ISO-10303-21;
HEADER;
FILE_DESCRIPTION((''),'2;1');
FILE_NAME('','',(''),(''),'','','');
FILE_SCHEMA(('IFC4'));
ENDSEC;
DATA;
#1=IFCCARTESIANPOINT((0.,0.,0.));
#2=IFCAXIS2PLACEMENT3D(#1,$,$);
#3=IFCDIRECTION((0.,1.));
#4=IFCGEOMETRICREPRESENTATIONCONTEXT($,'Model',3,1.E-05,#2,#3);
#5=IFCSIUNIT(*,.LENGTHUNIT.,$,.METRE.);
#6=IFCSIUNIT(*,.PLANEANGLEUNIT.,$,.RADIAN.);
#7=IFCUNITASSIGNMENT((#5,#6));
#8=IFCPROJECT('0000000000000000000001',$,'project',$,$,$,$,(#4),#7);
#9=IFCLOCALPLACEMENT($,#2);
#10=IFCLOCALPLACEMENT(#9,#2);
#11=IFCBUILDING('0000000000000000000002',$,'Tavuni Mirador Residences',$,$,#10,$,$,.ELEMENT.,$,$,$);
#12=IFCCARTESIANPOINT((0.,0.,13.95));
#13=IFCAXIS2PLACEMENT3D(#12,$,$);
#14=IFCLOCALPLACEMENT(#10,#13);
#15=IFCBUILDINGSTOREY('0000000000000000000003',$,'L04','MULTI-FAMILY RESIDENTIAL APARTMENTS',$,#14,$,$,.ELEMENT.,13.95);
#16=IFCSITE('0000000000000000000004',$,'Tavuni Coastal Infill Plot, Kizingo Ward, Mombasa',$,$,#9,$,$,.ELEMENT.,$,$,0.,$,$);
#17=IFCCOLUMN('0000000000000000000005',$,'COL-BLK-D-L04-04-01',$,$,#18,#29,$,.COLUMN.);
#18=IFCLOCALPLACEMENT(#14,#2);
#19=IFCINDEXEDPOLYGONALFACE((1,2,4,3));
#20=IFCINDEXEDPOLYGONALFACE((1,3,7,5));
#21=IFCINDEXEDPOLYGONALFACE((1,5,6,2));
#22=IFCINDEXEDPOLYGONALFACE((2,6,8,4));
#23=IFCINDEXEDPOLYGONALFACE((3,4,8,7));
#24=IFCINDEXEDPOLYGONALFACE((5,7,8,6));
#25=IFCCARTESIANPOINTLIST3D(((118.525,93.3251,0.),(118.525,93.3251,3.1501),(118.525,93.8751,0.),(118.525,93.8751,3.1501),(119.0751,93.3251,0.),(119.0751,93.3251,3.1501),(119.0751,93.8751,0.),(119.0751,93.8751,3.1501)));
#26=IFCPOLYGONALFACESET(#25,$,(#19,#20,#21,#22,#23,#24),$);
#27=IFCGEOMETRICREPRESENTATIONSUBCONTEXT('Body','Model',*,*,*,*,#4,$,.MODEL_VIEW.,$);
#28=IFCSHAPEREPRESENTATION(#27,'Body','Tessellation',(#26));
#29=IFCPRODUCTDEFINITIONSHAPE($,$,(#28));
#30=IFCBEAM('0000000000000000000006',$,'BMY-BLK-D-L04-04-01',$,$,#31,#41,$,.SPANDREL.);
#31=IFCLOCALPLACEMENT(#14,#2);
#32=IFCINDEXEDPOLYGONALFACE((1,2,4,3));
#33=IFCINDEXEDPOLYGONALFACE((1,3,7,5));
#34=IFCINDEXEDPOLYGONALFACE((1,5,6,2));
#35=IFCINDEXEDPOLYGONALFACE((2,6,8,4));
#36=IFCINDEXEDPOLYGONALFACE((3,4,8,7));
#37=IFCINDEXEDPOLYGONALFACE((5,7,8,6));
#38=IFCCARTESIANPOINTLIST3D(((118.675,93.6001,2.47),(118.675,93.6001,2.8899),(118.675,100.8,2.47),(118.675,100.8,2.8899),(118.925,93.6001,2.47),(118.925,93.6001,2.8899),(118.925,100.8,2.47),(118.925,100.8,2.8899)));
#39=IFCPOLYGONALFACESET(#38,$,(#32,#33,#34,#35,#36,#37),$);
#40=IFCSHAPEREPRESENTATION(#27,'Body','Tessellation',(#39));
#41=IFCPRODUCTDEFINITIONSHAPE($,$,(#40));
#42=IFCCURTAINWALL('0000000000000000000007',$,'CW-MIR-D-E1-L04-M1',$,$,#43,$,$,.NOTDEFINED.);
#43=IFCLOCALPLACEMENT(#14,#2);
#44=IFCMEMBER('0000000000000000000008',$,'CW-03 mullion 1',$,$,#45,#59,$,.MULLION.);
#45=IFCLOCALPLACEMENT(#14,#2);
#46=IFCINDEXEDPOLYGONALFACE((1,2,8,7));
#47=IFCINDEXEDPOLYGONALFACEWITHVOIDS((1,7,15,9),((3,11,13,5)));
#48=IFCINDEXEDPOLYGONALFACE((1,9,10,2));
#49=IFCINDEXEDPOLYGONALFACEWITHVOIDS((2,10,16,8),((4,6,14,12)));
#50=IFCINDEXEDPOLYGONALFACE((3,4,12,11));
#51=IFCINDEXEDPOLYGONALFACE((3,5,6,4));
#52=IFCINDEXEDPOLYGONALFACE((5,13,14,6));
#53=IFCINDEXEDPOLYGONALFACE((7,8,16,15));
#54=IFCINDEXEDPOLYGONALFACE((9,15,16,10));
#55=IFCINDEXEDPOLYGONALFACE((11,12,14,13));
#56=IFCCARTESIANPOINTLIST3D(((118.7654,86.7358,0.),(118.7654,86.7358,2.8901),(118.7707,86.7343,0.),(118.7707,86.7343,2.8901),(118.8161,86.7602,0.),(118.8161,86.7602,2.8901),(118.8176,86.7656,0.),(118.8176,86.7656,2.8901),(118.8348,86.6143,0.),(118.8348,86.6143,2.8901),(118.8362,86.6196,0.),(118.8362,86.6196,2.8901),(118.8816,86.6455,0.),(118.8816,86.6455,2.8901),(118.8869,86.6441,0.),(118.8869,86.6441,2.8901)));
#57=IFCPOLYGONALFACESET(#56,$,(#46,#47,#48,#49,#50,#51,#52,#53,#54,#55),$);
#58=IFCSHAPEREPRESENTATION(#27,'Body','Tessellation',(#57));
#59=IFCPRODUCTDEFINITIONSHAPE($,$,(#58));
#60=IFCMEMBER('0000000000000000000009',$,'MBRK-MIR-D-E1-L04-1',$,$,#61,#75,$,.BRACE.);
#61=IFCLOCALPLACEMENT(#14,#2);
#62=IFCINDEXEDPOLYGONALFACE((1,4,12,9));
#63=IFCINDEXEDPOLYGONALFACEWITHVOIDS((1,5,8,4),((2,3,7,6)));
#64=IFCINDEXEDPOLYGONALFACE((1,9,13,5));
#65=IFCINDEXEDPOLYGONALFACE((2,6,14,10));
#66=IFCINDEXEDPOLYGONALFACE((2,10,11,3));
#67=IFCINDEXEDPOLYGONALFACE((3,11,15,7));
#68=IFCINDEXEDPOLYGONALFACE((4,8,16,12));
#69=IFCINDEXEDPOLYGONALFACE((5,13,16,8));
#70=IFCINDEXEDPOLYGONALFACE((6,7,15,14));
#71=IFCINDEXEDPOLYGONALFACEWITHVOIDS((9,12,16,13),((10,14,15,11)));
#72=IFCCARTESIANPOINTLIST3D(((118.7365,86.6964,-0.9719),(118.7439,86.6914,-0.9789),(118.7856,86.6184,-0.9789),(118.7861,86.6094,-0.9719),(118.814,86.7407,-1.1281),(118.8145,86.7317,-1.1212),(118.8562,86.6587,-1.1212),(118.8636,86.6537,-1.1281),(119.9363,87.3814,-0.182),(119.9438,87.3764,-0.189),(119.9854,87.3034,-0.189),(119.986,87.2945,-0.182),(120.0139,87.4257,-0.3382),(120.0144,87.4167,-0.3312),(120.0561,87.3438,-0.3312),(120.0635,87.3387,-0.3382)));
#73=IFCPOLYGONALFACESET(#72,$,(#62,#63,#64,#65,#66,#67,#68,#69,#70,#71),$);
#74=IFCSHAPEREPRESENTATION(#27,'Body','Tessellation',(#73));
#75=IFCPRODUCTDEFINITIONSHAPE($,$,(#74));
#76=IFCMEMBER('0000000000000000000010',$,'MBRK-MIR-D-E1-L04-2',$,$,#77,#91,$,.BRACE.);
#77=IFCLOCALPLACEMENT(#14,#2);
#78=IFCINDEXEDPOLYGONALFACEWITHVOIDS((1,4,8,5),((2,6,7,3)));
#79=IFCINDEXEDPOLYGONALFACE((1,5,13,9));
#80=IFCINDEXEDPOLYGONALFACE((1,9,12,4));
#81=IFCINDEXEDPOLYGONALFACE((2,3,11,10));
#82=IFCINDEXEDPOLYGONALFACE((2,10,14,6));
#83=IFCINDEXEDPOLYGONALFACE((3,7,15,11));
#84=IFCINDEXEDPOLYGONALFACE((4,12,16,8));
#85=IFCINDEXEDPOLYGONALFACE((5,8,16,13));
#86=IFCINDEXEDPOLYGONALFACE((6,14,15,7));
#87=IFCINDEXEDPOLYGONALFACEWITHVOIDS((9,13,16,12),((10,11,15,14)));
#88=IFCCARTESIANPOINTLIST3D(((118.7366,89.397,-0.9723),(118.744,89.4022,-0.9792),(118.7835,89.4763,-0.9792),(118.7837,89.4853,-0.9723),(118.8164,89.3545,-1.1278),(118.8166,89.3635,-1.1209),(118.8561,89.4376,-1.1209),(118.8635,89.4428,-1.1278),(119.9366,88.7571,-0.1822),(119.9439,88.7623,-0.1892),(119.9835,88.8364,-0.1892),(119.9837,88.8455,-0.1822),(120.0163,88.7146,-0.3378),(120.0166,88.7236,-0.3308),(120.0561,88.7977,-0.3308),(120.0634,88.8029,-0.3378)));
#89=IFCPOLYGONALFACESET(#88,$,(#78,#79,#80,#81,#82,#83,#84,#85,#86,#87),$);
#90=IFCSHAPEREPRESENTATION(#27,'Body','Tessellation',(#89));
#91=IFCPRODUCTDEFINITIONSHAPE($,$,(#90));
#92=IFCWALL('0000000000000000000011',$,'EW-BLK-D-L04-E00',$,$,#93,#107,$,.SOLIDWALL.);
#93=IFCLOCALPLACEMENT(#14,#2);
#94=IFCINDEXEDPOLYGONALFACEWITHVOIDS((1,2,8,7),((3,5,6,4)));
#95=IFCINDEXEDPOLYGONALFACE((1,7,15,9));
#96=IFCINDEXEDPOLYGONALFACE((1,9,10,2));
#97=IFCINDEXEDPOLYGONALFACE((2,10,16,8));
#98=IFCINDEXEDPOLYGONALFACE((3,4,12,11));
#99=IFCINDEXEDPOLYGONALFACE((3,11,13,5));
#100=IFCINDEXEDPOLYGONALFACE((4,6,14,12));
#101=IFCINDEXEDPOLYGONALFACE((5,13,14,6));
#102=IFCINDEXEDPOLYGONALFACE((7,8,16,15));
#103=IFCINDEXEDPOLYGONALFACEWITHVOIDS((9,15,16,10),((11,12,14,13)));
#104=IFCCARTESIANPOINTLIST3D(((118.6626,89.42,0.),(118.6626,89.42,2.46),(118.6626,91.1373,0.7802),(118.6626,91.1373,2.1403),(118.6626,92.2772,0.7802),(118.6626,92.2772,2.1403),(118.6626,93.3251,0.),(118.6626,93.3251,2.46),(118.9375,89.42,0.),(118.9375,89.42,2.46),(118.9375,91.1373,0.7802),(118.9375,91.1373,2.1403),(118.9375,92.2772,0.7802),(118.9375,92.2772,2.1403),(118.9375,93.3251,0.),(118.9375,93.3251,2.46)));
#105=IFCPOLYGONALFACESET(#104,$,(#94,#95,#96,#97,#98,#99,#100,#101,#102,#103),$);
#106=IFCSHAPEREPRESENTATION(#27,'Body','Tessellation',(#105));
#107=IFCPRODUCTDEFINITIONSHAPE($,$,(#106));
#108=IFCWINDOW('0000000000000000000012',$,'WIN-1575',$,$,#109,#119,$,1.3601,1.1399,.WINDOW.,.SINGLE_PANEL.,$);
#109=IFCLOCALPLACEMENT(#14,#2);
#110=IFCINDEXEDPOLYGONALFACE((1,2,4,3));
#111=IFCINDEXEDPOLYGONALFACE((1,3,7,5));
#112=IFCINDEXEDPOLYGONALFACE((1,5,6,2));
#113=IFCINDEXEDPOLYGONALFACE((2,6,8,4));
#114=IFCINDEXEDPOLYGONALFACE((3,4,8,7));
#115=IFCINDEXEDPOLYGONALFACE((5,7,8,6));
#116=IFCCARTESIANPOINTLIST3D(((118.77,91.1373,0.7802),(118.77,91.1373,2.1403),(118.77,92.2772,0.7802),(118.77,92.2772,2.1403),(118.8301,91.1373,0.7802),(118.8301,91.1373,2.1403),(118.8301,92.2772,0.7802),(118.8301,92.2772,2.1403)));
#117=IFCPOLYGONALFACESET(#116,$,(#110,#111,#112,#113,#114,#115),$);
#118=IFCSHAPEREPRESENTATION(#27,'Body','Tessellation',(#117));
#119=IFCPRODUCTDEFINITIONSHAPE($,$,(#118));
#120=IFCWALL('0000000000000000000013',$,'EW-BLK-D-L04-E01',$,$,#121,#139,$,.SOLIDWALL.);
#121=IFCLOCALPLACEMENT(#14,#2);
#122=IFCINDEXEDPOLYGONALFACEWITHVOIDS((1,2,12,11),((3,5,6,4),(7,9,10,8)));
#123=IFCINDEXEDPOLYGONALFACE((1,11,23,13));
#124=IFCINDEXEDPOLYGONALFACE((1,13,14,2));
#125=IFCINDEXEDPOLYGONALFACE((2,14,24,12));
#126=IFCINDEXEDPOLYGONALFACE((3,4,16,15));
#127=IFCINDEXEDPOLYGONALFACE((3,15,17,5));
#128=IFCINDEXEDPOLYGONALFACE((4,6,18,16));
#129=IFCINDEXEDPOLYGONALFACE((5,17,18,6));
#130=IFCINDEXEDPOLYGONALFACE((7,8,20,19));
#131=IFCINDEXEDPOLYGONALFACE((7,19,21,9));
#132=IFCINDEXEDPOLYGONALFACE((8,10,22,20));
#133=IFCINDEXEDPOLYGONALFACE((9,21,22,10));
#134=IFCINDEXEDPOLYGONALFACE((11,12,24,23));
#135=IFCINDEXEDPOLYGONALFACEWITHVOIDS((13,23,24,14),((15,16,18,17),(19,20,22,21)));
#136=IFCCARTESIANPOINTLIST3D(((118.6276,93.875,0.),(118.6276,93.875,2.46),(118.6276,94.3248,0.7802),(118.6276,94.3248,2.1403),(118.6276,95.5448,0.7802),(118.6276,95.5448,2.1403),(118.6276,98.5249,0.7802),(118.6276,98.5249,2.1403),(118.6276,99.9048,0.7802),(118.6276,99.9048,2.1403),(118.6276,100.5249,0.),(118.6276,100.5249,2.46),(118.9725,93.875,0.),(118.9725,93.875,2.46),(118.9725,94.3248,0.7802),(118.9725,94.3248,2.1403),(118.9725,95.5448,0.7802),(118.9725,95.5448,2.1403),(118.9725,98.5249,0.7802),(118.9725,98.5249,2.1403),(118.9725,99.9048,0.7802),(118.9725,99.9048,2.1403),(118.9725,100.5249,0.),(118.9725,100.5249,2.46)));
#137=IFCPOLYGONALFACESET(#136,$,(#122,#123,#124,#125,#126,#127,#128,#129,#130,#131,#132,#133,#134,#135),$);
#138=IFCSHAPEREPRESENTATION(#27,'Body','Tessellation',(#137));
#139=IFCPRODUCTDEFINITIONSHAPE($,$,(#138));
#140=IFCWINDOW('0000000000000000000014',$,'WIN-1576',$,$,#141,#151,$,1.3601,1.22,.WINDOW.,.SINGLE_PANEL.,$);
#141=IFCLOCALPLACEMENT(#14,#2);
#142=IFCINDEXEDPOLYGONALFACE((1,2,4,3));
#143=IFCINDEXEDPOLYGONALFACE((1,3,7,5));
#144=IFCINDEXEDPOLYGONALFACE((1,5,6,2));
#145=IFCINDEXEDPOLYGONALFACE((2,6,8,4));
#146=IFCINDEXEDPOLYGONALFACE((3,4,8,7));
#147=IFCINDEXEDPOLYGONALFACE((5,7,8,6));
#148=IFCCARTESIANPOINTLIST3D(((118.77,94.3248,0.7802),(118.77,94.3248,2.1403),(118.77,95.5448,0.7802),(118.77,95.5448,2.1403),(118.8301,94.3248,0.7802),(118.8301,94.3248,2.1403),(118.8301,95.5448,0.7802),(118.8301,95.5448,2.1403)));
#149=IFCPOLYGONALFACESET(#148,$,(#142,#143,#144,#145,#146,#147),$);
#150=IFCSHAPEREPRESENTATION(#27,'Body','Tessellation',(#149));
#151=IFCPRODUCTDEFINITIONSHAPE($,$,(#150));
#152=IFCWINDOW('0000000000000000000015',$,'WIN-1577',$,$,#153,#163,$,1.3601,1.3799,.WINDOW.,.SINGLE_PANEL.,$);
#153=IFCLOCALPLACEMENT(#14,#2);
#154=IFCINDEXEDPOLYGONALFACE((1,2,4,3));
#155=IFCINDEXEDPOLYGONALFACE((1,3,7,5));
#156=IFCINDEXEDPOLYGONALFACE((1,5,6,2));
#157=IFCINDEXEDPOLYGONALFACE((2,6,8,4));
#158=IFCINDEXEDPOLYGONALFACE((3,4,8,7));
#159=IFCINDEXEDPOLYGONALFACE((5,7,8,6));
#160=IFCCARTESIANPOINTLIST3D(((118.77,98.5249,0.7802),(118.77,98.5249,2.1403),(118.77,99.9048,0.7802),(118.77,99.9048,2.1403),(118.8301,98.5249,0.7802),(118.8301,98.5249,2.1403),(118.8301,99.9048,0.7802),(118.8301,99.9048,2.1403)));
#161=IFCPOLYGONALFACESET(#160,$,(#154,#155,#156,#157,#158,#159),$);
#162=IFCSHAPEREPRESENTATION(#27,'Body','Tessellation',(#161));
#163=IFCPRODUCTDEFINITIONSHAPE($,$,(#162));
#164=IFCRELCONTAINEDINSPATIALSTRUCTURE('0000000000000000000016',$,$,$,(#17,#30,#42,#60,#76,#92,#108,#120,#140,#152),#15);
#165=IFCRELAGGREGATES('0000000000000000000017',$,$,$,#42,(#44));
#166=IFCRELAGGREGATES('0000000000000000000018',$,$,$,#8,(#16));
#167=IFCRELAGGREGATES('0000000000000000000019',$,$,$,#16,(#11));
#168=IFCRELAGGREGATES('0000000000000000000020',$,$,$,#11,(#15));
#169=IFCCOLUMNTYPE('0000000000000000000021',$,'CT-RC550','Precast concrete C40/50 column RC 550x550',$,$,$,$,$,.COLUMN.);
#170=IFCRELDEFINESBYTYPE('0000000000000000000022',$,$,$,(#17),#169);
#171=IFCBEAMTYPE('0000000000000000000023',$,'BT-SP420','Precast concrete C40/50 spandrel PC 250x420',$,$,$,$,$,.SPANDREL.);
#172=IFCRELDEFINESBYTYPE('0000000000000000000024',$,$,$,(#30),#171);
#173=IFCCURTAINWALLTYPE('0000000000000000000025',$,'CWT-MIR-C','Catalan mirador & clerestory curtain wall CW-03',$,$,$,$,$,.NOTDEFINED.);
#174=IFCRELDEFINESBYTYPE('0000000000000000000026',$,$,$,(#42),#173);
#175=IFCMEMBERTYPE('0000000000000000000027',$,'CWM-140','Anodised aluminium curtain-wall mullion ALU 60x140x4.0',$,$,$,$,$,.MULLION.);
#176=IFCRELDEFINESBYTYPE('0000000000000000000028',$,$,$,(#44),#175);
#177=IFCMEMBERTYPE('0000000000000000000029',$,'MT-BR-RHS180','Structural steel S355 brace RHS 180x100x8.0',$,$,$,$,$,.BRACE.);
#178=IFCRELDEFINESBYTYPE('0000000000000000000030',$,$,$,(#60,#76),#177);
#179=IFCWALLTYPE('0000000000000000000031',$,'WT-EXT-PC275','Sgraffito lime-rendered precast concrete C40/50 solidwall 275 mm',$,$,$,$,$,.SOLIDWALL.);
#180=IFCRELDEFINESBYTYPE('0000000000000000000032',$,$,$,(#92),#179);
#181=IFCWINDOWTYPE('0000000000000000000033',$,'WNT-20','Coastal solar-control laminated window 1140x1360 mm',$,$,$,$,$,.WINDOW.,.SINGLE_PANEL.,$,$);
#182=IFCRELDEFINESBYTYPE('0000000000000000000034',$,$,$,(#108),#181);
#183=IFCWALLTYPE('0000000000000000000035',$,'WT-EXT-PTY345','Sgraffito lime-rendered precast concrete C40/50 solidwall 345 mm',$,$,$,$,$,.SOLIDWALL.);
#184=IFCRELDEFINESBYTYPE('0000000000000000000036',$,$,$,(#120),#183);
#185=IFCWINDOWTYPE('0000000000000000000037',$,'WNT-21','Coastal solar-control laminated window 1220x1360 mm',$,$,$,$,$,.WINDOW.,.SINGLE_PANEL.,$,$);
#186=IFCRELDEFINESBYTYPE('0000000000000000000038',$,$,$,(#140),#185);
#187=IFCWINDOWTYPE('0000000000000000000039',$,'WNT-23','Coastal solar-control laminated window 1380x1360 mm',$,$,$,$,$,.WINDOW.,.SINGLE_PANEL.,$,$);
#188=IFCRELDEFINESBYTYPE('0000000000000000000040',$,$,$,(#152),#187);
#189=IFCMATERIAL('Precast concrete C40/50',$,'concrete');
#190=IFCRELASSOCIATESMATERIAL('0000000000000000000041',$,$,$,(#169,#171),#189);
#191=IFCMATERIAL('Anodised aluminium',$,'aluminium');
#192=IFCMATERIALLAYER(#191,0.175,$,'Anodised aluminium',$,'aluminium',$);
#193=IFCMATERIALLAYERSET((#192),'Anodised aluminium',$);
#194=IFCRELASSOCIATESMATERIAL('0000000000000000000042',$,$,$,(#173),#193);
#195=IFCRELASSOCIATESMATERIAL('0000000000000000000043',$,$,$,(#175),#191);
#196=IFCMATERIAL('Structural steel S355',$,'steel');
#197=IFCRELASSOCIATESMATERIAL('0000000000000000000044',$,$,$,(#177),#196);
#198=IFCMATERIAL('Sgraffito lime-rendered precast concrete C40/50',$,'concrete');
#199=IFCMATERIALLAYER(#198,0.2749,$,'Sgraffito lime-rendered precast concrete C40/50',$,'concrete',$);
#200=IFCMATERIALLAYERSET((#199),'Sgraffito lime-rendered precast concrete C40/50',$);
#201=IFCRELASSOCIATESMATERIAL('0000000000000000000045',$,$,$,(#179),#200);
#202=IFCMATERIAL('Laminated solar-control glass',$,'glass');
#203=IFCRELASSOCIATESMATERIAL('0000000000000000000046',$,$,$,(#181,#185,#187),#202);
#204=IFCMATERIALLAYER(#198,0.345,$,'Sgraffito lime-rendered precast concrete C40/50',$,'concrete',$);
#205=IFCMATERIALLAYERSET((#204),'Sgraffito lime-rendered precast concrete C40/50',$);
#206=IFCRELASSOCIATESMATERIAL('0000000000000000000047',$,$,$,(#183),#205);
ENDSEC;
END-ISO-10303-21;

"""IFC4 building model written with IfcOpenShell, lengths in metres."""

from ifc_helpers import new_model, si_unit, direction, frame, frame_2d, origin, origin_2d, place, context, subcontext, project, spatial, rectangle, hollow_rectangle, extrude, material, layer, layer_set, material_profile, profile_set, type_object, element, fill, aggregate, save


model = new_model("IFC4")

# Units and contexts
model_context = context("Model", 3, precision=1e-05, world=origin(), true_north=direction((0.0, 1.0)))
body_context = subcontext(model_context, "Body", "Model", "MODEL_VIEW")
ifc_project = project(units=[si_unit("LENGTHUNIT", "METRE"), si_unit("PLANEANGLEUNIT", "RADIAN")], contexts=[model_context])

# Site, building, storey
site_placement = place(None, origin())
site = spatial("IfcSite", under=ifc_project, at=site_placement, Name="Tavuni Coastal Infill Plot, Kizingo Ward, Mombasa", CompositionType="ELEMENT", RefElevation=0.0)
building_placement = place(site_placement, origin())
building = spatial("IfcBuilding", under=site, at=building_placement, Name="Tavuni Mirador Residences", CompositionType="ELEMENT")
storey_placement = place(building_placement, frame((0.0, 0.0, 13.95)))
storey = spatial("IfcBuildingStorey", under=building, at=storey_placement, Name="L04", Description="MULTI-FAMILY RESIDENTIAL APARTMENTS", CompositionType="ELEMENT", Elevation=13.95)

# Column
ifc_material_1 = material(Name="Precast concrete C40/50", Category="concrete")
ifc_material_profile_1 = material_profile(ifc_material_1, rectangle(XDim=0.55, YDim=0.55, at=origin_2d()), Name="RC 550x550", Category="concrete")
ifc_profile_set_1 = profile_set([ifc_material_profile_1], Name="Precast concrete C40/50")
column_type = type_object("IfcColumnType", Name="CT-RC550", Description="Precast concrete C40/50 column RC 550x550", PredefinedType="COLUMN", material=ifc_profile_set_1)
column_placement = place(storey_placement, frame((118.8, 93.6001, 0.0), z_axis=(0.0, 0.0, 1.0), x_axis=(1.0, 0.0, 0.0)))
element("IfcColumn", 1, at=column_placement, inside=storey, type_object=column_type, Name="COL-BLK-D-L04-04-01", PredefinedType="COLUMN", context=body_context, shape_type="SweptSolid", body=[
    extrude(rectangle(XDim=0.55, YDim=0.55, at=origin_2d()), origin(), (0.0, 0.0, 1.0), 3.1501),
])

# Beam
ifc_material_profile_2 = material_profile(ifc_material_1, rectangle(XDim=0.25, YDim=0.4199, at=origin_2d()), Name="PC 250x420", Category="concrete")
ifc_profile_set_2 = profile_set([ifc_material_profile_2], Name="Precast concrete C40/50")
beam_type = type_object("IfcBeamType", Name="BT-SP420", Description="Precast concrete C40/50 spandrel PC 250x420", PredefinedType="SPANDREL", material=ifc_profile_set_2)
beam_placement = place(storey_placement, frame((118.8, 93.6001, 2.6799), z_axis=(0.0, 1.0, 0.0), x_axis=(-1.0, 0.0, 0.0)))
element("IfcBeam", 2, at=beam_placement, inside=storey, type_object=beam_type, Name="BMY-BLK-D-L04-04-01", PredefinedType="SPANDREL", context=body_context, shape_type="SweptSolid", body=[
    extrude(rectangle(XDim=0.25, YDim=0.4199, at=origin_2d()), origin(), (0.0, 0.0, 1.0), 7.2),
])

# Curtain wall, member
ifc_material_2 = material(Name="Anodised aluminium", Category="aluminium")
ifc_layer_1 = layer(ifc_material_2, 0.175, Name="Anodised aluminium", Category="aluminium")
ifc_layer_set_1 = layer_set([ifc_layer_1], Name="Anodised aluminium")
curtain_wall_type = type_object("IfcCurtainWallType", Name="CWT-MIR-C", Description="Catalan mirador & clerestory curtain wall CW-03", PredefinedType="NOTDEFINED", material=ifc_layer_set_1)
curtain_wall_placement = place(storey_placement, origin())
curtain_wall = element("IfcCurtainWall", 3, at=curtain_wall_placement, inside=storey, type_object=curtain_wall_type, Name="CW-MIR-D-E1-L04-M1", PredefinedType="NOTDEFINED")
ifc_material_profile_3 = material_profile(ifc_material_2, hollow_rectangle(XDim=0.0601, YDim=0.1399, WallThickness=0.0039, at=origin_2d()), Name="ALU 60x140x4.0", Category="aluminium")
ifc_profile_set_3 = profile_set([ifc_material_profile_3], Name="Anodised aluminium")
member_type_1 = type_object("IfcMemberType", Name="CWM-140", Description="Anodised aluminium curtain-wall mullion ALU 60x140x4.0", PredefinedType="MULLION", material=ifc_profile_set_3)
member_1_placement = place(storey_placement, frame((118.8262, 86.6899, 0.0), z_axis=(0.0, 0.0, 1.0), x_axis=(0.868466, 0.495749, 0.0)))
member_1 = element("IfcMember", 4, at=member_1_placement, type_object=member_type_1, Name="CW-03 mullion 1", PredefinedType="MULLION", context=body_context, shape_type="SweptSolid", body=[
    extrude(hollow_rectangle(XDim=0.0601, YDim=0.1399, WallThickness=0.0039, at=origin_2d()), origin(), (0.0, 0.0, 1.0), 2.8901),
])
aggregate(curtain_wall, [member_1])

# Members
ifc_material_3 = material(Name="Structural steel S355", Category="steel")
ifc_material_profile_4 = material_profile(ifc_material_3, hollow_rectangle(XDim=0.1001, YDim=0.1799, WallThickness=0.0081, at=origin_2d()), Name="RHS 180x100x8.0", Category="steel")
ifc_profile_set_4 = profile_set([ifc_material_profile_4], Name="Structural steel S355")
member_type_2 = type_object("IfcMemberType", Name="MT-BR-RHS180", Description="Structural steel S355 brace RHS 180x100x8.0", PredefinedType="BRACE", material=ifc_profile_set_4)
member_2_placement = place(storey_placement, frame((118.8, 86.675, -1.05), z_axis=(0.753904, 0.430408, 0.496365), x_axis=(-0.495796, 0.868439, 0.0)))
element("IfcMember", 5, at=member_2_placement, inside=storey, type_object=member_type_2, Name="MBRK-MIR-D-E1-L04-1", PredefinedType="BRACE", context=body_context, shape_type="SweptSolid", body=[
    extrude(hollow_rectangle(XDim=0.1001, YDim=0.1799, WallThickness=0.0081, at=origin_2d()), origin(), (0.0, 0.0, 1.0), 1.5916),
])
member_3_placement = place(storey_placement, frame((118.8, 89.4199, -1.05), z_axis=(0.762969, -0.406865, 0.502333), x_axis=(0.470542, 0.882378, 0.0)))
element("IfcMember", 6, at=member_3_placement, inside=storey, type_object=member_type_2, Name="MBRK-MIR-D-E1-L04-2", PredefinedType="BRACE", context=body_context, shape_type="SweptSolid", body=[
    extrude(hollow_rectangle(XDim=0.1001, YDim=0.1799, WallThickness=0.0081, at=origin_2d()), origin(), (0.0, 0.0, 1.0), 1.5728),
])

# Wall, opening, window
ifc_material_4 = material(Name="Sgraffito lime-rendered precast concrete C40/50", Category="concrete")
ifc_layer_2 = layer(ifc_material_4, 0.2749, Name="Sgraffito lime-rendered precast concrete C40/50", Category="concrete")
ifc_layer_set_2 = layer_set([ifc_layer_2], Name="Sgraffito lime-rendered precast concrete C40/50")
wall_type_1 = type_object("IfcWallType", Name="WT-EXT-PC275", Description="Sgraffito lime-rendered precast concrete C40/50 solidwall 275 mm", PredefinedType="SOLIDWALL", material=ifc_layer_set_2)
wall_1_placement = place(storey_placement, frame((118.8, 89.4199, 0.0), z_axis=(0.0, 0.0, 1.0), x_axis=(0.0, 1.0, 0.0)))
wall_1 = element("IfcWall", 7, at=wall_1_placement, inside=storey, type_object=wall_type_1, Name="EW-BLK-D-L04-E00", PredefinedType="SOLIDWALL", context=body_context, shape_type="SweptSolid", body=[
    extrude(rectangle(XDim=3.905, YDim=0.2749, at=frame_2d((1.9526, 0.0))), origin(), (0.0, 0.0, 1.0), 2.46),
])
opening_1_placement = place(wall_1_placement, frame((1.7175, 0.0, 0.78)))
opening_1 = element("IfcOpeningElement", 8, at=opening_1_placement, cuts=wall_1, PredefinedType="OPENING", context=body_context, shape_type="SweptSolid", body=[
    extrude(rectangle(XDim=1.1399, YDim=1.3601, at=frame_2d((0.5698, 0.6802))), frame((0.0, 0.1475, 0.0), z_axis=(0.0, -1.0, 0.0), x_axis=(1.0, 0.0, 0.0)), (0.0, 0.0, 1.0), 0.2949),
])
ifc_material_5 = material(Name="Laminated solar-control glass", Category="glass")
window_type_1 = type_object("IfcWindowType", Name="WNT-20", Description="Coastal solar-control laminated window 1140x1360 mm", PartitioningType="SINGLE_PANEL", PredefinedType="WINDOW", material=ifc_material_5)
window_1_placement = place(opening_1_placement, origin())
window_1 = element("IfcWindow", 9, at=window_1_placement, inside=storey, type_object=window_type_1, Name="WIN-1575", OverallHeight=1.3601, OverallWidth=1.1399, PartitioningType="SINGLE_PANEL", PredefinedType="WINDOW", context=body_context, shape_type="SweptSolid", body=[
    extrude(rectangle(XDim=1.1399, YDim=1.3601, at=frame_2d((0.5698, 0.6802))), frame((0.0, 0.03, 0.0), z_axis=(0.0, -1.0, 0.0), x_axis=(1.0, 0.0, 0.0)), (0.0, 0.0, 1.0), 0.0601),
])
fill(opening_1, window_1)

# Wall, openings, windows
ifc_layer_3 = layer(ifc_material_4, 0.345, Name="Sgraffito lime-rendered precast concrete C40/50", Category="concrete")
ifc_layer_set_3 = layer_set([ifc_layer_3], Name="Sgraffito lime-rendered precast concrete C40/50")
wall_type_2 = type_object("IfcWallType", Name="WT-EXT-PTY345", Description="Sgraffito lime-rendered precast concrete C40/50 solidwall 345 mm", PredefinedType="SOLIDWALL", material=ifc_layer_set_3)
wall_2_placement = place(storey_placement, frame((118.8, 93.875, 0.0), z_axis=(0.0, 0.0, 1.0), x_axis=(0.0, 1.0, 0.0)))
wall_2 = element("IfcWall", 10, at=wall_2_placement, inside=storey, type_object=wall_type_2, Name="EW-BLK-D-L04-E01", PredefinedType="SOLIDWALL", context=body_context, shape_type="SweptSolid", body=[
    extrude(rectangle(XDim=6.6499, YDim=0.345, at=frame_2d((3.325, 0.0))), origin(), (0.0, 0.0, 1.0), 2.46),
])
opening_2_placement = place(wall_2_placement, frame((0.45, 0.0, 0.78)))
opening_2 = element("IfcOpeningElement", 11, at=opening_2_placement, cuts=wall_2, PredefinedType="OPENING", context=body_context, shape_type="SweptSolid", body=[
    extrude(rectangle(XDim=1.22, YDim=1.3601, at=frame_2d((0.6099, 0.6802))), frame((0.0, 0.1826, 0.0), z_axis=(0.0, -1.0, 0.0), x_axis=(1.0, 0.0, 0.0)), (0.0, 0.0, 1.0), 0.365),
])
opening_3_placement = place(wall_2_placement, frame((4.6499, 0.0, 0.78)))
opening_3 = element("IfcOpeningElement", 12, at=opening_3_placement, cuts=wall_2, PredefinedType="OPENING", context=body_context, shape_type="SweptSolid", body=[
    extrude(rectangle(XDim=1.3799, YDim=1.3601, at=frame_2d((0.6899, 0.6802))), frame((0.0, 0.1826, 0.0), z_axis=(0.0, -1.0, 0.0), x_axis=(1.0, 0.0, 0.0)), (0.0, 0.0, 1.0), 0.365),
])
window_type_2 = type_object("IfcWindowType", Name="WNT-21", Description="Coastal solar-control laminated window 1220x1360 mm", PartitioningType="SINGLE_PANEL", PredefinedType="WINDOW", material=ifc_material_5)
window_2_placement = place(opening_2_placement, origin())
window_2 = element("IfcWindow", 13, at=window_2_placement, inside=storey, type_object=window_type_2, Name="WIN-1576", OverallHeight=1.3601, OverallWidth=1.22, PartitioningType="SINGLE_PANEL", PredefinedType="WINDOW", context=body_context, shape_type="SweptSolid", body=[
    extrude(rectangle(XDim=1.22, YDim=1.3601, at=frame_2d((0.6099, 0.6802))), frame((0.0, 0.03, 0.0), z_axis=(0.0, -1.0, 0.0), x_axis=(1.0, 0.0, 0.0)), (0.0, 0.0, 1.0), 0.0601),
])
fill(opening_2, window_2)
window_type_3 = type_object("IfcWindowType", Name="WNT-23", Description="Coastal solar-control laminated window 1380x1360 mm", PartitioningType="SINGLE_PANEL", PredefinedType="WINDOW", material=ifc_material_5)
window_3_placement = place(opening_3_placement, origin())
window_3 = element("IfcWindow", 14, at=window_3_placement, inside=storey, type_object=window_type_3, Name="WIN-1577", OverallHeight=1.3601, OverallWidth=1.3799, PartitioningType="SINGLE_PANEL", PredefinedType="WINDOW", context=body_context, shape_type="SweptSolid", body=[
    extrude(rectangle(XDim=1.3799, YDim=1.3601, at=frame_2d((0.6899, 0.6802))), frame((0.0, 0.03, 0.0), z_axis=(0.0, -1.0, 0.0), x_axis=(1.0, 0.0, 0.0)), (0.0, 0.0, 1.0), 0.0601),
])
fill(opening_3, window_3)

save(model, "model.ifc")
